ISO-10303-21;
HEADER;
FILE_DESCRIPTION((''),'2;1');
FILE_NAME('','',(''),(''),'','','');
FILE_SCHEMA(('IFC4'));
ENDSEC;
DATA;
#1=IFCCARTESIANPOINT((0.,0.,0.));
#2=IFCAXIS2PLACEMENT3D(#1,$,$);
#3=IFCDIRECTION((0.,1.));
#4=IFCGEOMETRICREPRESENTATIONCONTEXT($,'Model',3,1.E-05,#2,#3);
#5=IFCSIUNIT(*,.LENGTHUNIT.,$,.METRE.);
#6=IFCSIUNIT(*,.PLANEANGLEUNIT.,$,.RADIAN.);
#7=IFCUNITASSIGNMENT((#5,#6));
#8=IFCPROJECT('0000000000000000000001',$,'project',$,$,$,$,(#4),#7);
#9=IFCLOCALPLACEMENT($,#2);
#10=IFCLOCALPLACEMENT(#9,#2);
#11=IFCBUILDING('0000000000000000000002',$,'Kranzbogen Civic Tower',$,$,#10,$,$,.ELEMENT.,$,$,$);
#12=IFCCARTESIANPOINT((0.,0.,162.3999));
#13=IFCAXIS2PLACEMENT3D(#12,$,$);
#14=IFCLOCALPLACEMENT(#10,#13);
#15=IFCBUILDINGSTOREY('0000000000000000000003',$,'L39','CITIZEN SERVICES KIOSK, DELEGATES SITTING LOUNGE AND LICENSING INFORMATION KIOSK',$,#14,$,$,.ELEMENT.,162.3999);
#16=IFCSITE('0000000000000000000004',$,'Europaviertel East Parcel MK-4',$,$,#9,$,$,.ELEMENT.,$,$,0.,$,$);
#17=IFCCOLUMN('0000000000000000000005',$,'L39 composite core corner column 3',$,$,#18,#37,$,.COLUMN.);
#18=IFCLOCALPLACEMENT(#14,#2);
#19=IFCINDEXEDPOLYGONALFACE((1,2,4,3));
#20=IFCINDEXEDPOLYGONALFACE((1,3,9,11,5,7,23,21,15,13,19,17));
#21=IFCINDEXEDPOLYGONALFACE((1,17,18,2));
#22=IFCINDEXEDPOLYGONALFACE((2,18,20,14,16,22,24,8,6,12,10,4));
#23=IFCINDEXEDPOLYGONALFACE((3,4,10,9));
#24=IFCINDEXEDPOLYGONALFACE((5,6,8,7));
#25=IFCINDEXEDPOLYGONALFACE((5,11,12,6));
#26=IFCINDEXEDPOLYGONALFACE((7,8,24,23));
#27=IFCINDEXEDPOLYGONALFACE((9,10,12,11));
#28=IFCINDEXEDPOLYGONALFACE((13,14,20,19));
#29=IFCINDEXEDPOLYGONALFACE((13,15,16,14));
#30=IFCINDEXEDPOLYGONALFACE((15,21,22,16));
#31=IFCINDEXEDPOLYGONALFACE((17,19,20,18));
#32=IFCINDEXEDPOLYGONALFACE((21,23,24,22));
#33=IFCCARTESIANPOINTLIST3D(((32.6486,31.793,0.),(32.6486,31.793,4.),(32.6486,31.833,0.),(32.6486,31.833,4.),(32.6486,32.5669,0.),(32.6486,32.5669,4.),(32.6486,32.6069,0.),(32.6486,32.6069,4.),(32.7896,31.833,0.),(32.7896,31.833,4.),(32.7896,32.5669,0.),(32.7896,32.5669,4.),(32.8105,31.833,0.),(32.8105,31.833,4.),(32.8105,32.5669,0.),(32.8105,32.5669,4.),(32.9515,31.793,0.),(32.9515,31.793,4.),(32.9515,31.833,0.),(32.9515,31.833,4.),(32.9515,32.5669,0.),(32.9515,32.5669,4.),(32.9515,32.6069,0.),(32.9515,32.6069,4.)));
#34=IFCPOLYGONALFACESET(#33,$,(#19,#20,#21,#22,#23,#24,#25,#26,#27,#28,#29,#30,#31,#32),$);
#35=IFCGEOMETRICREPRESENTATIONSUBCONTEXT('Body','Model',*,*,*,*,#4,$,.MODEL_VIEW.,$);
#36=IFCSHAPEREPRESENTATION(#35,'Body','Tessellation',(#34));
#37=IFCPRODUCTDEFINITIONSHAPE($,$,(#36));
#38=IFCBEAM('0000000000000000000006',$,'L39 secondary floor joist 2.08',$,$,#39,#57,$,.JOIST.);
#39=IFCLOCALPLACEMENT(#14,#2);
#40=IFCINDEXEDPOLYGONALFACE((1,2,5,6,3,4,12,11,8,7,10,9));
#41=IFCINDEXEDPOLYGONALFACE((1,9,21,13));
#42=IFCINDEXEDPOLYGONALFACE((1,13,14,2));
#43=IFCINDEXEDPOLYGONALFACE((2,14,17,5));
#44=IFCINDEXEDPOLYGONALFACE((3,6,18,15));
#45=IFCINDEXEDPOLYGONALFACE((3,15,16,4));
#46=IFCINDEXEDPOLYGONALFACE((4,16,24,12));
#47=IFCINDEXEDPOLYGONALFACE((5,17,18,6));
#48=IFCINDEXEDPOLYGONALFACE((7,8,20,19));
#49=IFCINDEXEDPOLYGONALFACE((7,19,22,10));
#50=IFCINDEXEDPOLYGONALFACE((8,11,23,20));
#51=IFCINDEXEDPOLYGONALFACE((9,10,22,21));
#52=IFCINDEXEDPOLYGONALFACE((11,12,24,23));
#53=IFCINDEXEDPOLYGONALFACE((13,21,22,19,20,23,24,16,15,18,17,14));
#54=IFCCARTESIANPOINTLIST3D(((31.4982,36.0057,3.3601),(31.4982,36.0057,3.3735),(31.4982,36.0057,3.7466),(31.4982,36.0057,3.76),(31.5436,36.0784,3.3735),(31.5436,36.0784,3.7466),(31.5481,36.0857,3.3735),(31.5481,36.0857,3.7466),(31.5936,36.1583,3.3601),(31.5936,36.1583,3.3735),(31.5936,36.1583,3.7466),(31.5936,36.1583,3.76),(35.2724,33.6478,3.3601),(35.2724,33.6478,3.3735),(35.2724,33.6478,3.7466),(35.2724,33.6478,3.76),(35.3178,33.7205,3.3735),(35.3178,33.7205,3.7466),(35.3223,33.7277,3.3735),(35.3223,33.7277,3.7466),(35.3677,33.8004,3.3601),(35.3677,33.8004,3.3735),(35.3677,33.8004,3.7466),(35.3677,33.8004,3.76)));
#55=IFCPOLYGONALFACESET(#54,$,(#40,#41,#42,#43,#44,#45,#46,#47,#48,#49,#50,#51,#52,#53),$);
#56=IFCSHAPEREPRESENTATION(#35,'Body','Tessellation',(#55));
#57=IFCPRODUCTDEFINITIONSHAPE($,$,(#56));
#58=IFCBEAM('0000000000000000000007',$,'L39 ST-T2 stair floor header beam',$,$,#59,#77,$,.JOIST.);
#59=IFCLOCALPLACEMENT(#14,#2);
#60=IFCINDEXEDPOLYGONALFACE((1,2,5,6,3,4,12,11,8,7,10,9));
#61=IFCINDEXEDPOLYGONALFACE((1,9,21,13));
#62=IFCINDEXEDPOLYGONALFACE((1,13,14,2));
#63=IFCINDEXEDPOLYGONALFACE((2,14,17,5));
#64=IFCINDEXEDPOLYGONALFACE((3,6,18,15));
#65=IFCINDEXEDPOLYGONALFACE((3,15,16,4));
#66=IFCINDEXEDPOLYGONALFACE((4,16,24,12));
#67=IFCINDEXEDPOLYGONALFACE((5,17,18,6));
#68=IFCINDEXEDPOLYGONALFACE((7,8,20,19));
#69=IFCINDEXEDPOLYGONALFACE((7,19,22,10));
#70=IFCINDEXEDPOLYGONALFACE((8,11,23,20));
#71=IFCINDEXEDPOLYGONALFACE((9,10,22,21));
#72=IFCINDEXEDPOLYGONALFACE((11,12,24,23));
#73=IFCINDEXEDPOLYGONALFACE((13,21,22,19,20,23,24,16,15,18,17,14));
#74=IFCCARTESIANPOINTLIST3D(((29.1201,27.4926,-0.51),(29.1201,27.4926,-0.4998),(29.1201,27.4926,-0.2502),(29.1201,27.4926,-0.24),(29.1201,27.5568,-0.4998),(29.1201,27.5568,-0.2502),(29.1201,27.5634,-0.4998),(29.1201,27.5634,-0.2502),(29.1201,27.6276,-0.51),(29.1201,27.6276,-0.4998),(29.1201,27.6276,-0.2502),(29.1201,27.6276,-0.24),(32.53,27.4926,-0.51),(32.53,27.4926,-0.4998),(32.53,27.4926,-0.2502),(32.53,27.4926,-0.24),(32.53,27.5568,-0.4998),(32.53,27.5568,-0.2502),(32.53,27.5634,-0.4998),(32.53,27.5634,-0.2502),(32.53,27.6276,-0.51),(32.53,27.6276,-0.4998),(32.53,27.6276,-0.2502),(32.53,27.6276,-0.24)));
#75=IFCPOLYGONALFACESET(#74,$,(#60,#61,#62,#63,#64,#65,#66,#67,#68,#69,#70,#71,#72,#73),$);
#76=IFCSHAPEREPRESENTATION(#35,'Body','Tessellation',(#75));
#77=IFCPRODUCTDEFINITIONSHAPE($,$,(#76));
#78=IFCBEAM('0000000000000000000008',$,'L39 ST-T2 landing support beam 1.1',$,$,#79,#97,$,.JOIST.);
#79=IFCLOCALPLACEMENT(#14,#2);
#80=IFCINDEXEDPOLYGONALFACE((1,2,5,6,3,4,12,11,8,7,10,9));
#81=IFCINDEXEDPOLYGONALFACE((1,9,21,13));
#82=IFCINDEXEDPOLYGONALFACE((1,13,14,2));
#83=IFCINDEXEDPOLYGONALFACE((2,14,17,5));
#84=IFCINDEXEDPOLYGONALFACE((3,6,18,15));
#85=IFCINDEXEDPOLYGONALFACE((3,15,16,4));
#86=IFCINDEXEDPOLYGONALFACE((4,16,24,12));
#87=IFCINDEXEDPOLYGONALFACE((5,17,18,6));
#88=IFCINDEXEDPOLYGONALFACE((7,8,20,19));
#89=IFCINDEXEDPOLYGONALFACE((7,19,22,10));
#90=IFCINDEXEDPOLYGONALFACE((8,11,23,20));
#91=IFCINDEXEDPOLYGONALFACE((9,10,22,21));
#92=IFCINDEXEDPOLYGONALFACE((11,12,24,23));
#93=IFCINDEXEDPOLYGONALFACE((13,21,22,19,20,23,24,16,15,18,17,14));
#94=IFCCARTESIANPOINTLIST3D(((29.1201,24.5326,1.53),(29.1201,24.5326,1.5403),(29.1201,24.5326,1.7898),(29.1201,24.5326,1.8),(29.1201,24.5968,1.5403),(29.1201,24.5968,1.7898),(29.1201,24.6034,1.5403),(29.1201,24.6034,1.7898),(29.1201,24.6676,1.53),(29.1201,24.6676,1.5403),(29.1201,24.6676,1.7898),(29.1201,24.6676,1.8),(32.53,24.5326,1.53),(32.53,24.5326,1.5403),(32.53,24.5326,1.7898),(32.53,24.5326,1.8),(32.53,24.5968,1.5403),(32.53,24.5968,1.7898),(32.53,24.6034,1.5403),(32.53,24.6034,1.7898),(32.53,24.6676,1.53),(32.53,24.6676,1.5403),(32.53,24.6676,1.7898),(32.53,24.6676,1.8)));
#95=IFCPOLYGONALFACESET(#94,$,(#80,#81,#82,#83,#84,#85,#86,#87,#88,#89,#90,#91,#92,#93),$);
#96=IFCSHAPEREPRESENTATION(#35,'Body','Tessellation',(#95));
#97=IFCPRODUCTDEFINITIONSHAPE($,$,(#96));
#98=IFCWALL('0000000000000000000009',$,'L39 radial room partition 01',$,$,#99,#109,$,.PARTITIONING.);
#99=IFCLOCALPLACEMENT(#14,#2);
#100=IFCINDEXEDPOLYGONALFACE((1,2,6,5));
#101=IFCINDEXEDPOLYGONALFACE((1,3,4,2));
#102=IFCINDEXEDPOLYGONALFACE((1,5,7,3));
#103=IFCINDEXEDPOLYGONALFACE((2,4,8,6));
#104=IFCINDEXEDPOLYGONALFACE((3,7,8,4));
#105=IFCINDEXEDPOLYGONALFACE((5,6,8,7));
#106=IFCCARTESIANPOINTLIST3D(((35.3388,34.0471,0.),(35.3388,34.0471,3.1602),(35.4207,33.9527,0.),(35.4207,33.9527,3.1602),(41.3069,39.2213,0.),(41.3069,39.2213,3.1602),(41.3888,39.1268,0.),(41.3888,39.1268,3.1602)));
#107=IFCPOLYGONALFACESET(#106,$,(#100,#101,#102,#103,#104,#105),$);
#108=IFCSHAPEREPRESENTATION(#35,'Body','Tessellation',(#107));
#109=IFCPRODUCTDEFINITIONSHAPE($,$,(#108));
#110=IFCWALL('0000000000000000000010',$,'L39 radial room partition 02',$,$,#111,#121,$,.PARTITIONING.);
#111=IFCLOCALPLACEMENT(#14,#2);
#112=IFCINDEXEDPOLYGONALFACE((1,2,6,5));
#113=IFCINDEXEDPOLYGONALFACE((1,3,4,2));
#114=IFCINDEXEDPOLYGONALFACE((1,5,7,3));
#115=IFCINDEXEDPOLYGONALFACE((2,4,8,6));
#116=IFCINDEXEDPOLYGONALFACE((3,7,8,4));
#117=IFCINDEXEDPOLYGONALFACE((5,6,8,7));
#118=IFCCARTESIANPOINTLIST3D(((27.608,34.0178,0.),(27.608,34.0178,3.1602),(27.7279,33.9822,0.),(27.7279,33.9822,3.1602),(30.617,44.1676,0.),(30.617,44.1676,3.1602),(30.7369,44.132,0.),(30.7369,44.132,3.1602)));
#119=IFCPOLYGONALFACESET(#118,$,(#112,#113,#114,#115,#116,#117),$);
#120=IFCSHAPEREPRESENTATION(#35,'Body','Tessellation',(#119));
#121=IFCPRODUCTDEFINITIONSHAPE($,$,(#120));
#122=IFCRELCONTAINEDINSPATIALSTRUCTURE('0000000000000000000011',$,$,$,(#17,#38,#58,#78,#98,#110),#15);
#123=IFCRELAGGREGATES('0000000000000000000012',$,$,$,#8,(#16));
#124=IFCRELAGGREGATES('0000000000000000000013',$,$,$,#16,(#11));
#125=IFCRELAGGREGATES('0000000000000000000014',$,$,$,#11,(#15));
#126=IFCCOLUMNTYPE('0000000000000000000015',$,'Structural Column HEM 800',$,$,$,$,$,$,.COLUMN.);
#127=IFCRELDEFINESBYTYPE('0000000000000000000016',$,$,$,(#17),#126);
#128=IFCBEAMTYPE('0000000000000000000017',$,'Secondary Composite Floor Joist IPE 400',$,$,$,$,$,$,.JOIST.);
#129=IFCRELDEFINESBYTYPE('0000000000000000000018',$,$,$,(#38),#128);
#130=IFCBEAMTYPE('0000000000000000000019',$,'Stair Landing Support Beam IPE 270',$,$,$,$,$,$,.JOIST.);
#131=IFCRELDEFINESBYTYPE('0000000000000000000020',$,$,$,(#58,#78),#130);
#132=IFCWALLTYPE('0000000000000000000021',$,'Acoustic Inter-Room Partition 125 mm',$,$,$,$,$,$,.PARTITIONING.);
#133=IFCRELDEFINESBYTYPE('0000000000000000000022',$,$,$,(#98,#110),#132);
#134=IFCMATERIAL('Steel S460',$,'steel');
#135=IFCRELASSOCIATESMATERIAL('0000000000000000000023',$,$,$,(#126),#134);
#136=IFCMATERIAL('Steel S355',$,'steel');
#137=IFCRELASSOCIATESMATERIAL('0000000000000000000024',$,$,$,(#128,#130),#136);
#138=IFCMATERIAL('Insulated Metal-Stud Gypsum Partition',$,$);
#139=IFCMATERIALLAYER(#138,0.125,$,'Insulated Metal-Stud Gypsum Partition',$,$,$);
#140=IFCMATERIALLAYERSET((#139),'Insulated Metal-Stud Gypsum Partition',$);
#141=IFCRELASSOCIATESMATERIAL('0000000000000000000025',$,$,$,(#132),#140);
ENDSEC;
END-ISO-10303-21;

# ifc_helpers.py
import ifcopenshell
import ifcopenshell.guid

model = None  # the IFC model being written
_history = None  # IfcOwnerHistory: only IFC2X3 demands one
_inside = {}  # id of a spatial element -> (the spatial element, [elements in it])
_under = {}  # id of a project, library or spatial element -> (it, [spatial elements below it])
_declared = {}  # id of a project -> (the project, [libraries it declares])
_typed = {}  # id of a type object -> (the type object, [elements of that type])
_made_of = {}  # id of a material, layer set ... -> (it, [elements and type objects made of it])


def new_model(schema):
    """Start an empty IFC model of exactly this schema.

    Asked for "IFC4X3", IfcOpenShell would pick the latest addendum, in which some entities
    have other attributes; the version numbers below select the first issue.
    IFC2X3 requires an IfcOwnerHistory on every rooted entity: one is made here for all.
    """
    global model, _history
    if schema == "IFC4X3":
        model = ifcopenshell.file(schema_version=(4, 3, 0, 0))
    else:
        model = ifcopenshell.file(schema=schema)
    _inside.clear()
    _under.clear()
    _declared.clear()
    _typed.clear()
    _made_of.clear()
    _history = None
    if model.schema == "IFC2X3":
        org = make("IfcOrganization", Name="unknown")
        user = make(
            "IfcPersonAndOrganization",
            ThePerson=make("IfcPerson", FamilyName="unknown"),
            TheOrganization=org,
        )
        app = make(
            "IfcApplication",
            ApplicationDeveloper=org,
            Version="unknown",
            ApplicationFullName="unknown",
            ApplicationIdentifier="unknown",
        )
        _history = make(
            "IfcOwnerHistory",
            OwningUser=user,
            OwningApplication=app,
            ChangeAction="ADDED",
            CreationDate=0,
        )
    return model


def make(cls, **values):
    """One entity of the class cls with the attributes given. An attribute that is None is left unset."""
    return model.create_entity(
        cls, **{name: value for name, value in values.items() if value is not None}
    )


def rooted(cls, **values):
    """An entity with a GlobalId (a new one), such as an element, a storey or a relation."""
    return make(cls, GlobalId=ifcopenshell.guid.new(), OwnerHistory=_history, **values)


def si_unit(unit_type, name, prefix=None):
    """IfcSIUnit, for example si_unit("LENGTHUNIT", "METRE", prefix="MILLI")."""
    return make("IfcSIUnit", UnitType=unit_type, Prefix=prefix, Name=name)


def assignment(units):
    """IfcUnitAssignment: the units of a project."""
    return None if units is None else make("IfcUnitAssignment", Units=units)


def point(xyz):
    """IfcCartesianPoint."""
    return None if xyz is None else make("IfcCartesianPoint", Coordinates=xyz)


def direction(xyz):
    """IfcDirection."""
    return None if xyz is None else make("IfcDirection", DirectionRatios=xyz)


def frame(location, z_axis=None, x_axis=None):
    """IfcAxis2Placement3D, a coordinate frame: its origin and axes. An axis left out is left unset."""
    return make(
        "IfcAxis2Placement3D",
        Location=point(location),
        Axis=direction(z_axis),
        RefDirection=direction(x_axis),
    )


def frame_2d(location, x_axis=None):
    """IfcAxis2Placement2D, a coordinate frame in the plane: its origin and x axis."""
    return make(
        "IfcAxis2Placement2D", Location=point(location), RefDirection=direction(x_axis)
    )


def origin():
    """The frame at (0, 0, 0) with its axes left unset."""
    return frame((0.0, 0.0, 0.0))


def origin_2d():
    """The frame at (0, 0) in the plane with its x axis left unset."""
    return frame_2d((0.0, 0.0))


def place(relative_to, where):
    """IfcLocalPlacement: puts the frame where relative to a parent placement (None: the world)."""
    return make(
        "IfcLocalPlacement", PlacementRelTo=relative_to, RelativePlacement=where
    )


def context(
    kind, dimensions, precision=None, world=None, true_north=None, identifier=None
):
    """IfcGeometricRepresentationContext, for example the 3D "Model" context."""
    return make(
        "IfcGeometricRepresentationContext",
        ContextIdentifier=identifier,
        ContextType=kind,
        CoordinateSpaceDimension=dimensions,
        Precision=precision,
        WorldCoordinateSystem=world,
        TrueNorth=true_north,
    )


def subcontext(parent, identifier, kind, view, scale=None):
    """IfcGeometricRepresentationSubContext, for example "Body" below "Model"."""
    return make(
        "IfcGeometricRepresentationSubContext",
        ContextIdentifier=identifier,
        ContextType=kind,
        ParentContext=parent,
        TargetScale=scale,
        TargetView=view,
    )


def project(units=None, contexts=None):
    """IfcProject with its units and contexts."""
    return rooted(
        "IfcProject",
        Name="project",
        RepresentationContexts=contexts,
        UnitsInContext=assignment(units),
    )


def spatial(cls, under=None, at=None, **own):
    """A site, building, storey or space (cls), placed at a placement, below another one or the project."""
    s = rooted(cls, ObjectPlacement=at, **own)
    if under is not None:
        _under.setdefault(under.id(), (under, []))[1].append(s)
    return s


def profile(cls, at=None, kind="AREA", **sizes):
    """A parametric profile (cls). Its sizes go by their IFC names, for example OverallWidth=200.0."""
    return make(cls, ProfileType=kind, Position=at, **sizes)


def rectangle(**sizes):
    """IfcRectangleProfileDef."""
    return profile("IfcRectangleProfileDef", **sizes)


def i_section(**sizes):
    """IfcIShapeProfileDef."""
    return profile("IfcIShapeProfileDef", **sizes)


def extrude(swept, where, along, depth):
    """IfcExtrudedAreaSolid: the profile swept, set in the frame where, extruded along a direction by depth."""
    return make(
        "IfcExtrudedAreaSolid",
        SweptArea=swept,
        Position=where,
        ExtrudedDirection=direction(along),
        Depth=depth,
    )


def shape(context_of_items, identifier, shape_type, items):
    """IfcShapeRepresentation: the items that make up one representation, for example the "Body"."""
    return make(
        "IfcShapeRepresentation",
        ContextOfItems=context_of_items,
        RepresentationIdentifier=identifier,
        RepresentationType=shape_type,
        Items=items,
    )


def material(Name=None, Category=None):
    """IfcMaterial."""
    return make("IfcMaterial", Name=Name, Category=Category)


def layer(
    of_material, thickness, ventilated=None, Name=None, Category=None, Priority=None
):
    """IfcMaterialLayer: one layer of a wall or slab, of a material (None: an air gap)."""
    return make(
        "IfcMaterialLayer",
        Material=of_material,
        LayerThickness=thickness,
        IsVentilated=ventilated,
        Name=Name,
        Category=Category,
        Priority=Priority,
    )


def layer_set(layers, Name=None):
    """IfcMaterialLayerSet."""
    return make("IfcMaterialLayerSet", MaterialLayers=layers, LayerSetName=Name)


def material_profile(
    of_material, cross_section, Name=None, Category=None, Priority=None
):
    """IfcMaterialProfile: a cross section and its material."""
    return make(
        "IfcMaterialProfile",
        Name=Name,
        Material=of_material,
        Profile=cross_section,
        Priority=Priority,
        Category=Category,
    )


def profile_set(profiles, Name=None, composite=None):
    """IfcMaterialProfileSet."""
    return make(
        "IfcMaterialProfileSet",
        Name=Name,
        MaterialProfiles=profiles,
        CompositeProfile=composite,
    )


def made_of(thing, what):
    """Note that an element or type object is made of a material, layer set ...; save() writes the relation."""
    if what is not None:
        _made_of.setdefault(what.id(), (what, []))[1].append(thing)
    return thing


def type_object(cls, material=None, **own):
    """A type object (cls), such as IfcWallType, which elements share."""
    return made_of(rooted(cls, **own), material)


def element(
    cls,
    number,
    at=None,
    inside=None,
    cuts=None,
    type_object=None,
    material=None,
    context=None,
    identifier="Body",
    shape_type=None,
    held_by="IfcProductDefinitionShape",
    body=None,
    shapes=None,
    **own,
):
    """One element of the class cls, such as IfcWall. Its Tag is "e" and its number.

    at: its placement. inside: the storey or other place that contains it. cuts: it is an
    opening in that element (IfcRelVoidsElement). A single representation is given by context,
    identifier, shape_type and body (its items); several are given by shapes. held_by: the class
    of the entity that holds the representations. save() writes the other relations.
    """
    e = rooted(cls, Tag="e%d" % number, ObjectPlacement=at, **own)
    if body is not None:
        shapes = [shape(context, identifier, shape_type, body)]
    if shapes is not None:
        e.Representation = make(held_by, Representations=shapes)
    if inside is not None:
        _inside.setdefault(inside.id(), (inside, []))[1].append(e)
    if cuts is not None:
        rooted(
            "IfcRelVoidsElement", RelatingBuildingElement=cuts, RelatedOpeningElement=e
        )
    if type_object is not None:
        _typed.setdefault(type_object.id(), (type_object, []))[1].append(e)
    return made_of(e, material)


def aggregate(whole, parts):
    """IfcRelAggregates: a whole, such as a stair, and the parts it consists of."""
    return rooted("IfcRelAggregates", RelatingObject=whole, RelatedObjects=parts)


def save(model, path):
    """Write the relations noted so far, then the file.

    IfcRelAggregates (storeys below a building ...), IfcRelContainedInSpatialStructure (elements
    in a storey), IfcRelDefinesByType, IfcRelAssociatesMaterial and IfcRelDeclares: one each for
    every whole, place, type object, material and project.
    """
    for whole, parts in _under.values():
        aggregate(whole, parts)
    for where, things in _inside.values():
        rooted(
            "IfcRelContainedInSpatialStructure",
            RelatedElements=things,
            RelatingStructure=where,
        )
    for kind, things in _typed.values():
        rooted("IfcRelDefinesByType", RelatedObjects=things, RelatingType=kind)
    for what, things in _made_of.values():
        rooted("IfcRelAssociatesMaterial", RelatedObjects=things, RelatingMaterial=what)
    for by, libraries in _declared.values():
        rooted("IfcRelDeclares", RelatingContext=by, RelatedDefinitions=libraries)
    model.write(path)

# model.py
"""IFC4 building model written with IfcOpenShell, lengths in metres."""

from ifc_helpers import new_model, si_unit, direction, frame, frame_2d, origin, origin_2d, place, context, subcontext, project, spatial, rectangle, i_section, extrude, material, layer, layer_set, material_profile, profile_set, type_object, element, save


model = new_model("IFC4")

# Units and contexts
model_context = context("Model", 3, precision=1e-05, world=origin(), true_north=direction((0.0, 1.0)))
body_context = subcontext(model_context, "Body", "Model", "MODEL_VIEW")
ifc_project = project(units=[si_unit("LENGTHUNIT", "METRE"), si_unit("PLANEANGLEUNIT", "RADIAN")], contexts=[model_context])

# Site, building, storey
site_placement = place(None, origin())
site = spatial("IfcSite", under=ifc_project, at=site_placement, Name="Europaviertel East Parcel MK-4", CompositionType="ELEMENT", RefElevation=0.0)
building_placement = place(site_placement, origin())
building = spatial("IfcBuilding", under=site, at=building_placement, Name="Kranzbogen Civic Tower", CompositionType="ELEMENT")
storey_placement = place(building_placement, frame((0.0, 0.0, 162.3999)))
storey = spatial("IfcBuildingStorey", under=building, at=storey_placement, Name="L39", Description="CITIZEN SERVICES KIOSK, DELEGATES SITTING LOUNGE AND LICENSING INFORMATION KIOSK", CompositionType="ELEMENT", Elevation=162.3999)

# Column
ifc_material_1 = material(Name="Steel S460", Category="steel")
ifc_material_profile_1 = material_profile(ifc_material_1, i_section(OverallWidth=0.303, OverallDepth=0.814, WebThickness=0.021, FlangeThickness=0.04, at=origin_2d()), Name="HEM 800")
ifc_profile_set_1 = profile_set([ifc_material_profile_1], Name="Steel S460")
column_type = type_object("IfcColumnType", Name="Structural Column HEM 800", PredefinedType="COLUMN", material=ifc_profile_set_1)
column_placement = place(storey_placement, frame((32.8, 32.2, 0.0), z_axis=(0.0, 0.0, 1.0), x_axis=(1.0, 0.0, 0.0)))
element("IfcColumn", 1, at=column_placement, inside=storey, type_object=column_type, Name="L39 composite core corner column 3", PredefinedType="COLUMN", context=body_context, shape_type="SweptSolid", body=[
    extrude(i_section(OverallWidth=0.303, OverallDepth=0.814, WebThickness=0.021, FlangeThickness=0.04, at=origin_2d()), origin(), (0.0, 0.0, 1.0), 4.0),
])

# Beams
ifc_material_2 = material(Name="Steel S355", Category="steel")
ifc_material_profile_2 = material_profile(ifc_material_2, i_section(OverallWidth=0.1799, OverallDepth=0.3999, WebThickness=0.0085, FlangeThickness=0.0134, at=origin_2d()), Name="IPE 400")
ifc_profile_set_2 = profile_set([ifc_material_profile_2], Name="Steel S355")
beam_type_1 = type_object("IfcBeamType", Name="Secondary Composite Floor Joist IPE 400", PredefinedType="JOIST", material=ifc_profile_set_2)
beam_placement = place(storey_placement, frame((35.3201, 33.7241, 3.5601), z_axis=(-0.848094, 0.529846, 0.0), x_axis=(-0.529846, -0.848094, 0.0)))
element("IfcBeam", 2, at=beam_placement, inside=storey, type_object=beam_type_1, Name="L39 secondary floor joist 2.08", PredefinedType="JOIST", context=body_context, shape_type="SweptSolid", body=[
    extrude(i_section(OverallWidth=0.1799, OverallDepth=0.3999, WebThickness=0.0085, FlangeThickness=0.0134, at=origin_2d()), origin(), (0.0, 0.0, 1.0), 4.4502),
])
ifc_material_profile_3 = material_profile(ifc_material_2, i_section(OverallWidth=0.135, OverallDepth=0.27, WebThickness=0.0066, FlangeThickness=0.0103, at=origin_2d()), Name="IPE 270")
ifc_profile_set_3 = profile_set([ifc_material_profile_3], Name="Steel S355")
beam_type_2 = type_object("IfcBeamType", Name="Stair Landing Support Beam IPE 270", PredefinedType="JOIST", material=ifc_profile_set_3)
for number, where, z_axis, x_axis, name in (
    (3, (29.1201, 27.5601, -0.375), (1.0, 0.0, 0.0), (0.0, 1.0, 0.0), "L39 ST-T2 stair floor header beam"),
    (4, (29.1201, 24.6001, 1.665), (1.0, 0.0, 0.0), (0.0, 1.0, 0.0), "L39 ST-T2 landing support beam 1.1"),
):
    element("IfcBeam", number, at=place(storey_placement, frame(where, z_axis=z_axis, x_axis=x_axis)), inside=storey, type_object=beam_type_2, Name=name, PredefinedType="JOIST", context=body_context, shape_type="SweptSolid", body=[
        extrude(i_section(OverallWidth=0.135, OverallDepth=0.27, WebThickness=0.0066, FlangeThickness=0.0103, at=origin_2d()), origin(), (0.0, 0.0, 1.0), 3.4099),
    ])

# Walls
ifc_material_3 = material(Name="Insulated Metal-Stud Gypsum Partition")
ifc_layer_1 = layer(ifc_material_3, 0.125, Name="Insulated Metal-Stud Gypsum Partition")
ifc_layer_set_1 = layer_set([ifc_layer_1], Name="Insulated Metal-Stud Gypsum Partition")
wall_type_1 = type_object("IfcWallType", Name="Acoustic Inter-Room Partition 125 mm", PredefinedType="PARTITIONING", material=ifc_layer_set_1)
wall_1_placement = place(storey_placement, frame((35.3799, 34.0, 0.0), z_axis=(0.0, 0.0, 1.0), x_axis=(0.755577, 0.65506, 0.0)))
element("IfcWall", 5, at=wall_1_placement, inside=storey, type_object=wall_type_1, Name="L39 radial room partition 01", PredefinedType="PARTITIONING", context=body_context, shape_type="SweptSolid", body=[
    extrude(rectangle(XDim=7.8987, YDim=0.125, at=frame_2d((3.9492, 0.0))), origin(), (0.0, 0.0, 1.0), 3.1602),
])
wall_2_placement = place(storey_placement, frame((27.668, 34.0, 0.0), z_axis=(0.0, 0.0, 1.0), x_axis=(0.284232, 0.958756, 0.0)))
element("IfcWall", 6, at=wall_2_placement, inside=storey, type_object=wall_type_1, Name="L39 radial room partition 02", PredefinedType="PARTITIONING", context=body_context, shape_type="SweptSolid", body=[
    extrude(rectangle(XDim=10.5864, YDim=0.125, at=frame_2d((5.2932, 0.0))), origin(), (0.0, 0.0, 1.0), 3.1602),
])

save(model, "model.ifc")
